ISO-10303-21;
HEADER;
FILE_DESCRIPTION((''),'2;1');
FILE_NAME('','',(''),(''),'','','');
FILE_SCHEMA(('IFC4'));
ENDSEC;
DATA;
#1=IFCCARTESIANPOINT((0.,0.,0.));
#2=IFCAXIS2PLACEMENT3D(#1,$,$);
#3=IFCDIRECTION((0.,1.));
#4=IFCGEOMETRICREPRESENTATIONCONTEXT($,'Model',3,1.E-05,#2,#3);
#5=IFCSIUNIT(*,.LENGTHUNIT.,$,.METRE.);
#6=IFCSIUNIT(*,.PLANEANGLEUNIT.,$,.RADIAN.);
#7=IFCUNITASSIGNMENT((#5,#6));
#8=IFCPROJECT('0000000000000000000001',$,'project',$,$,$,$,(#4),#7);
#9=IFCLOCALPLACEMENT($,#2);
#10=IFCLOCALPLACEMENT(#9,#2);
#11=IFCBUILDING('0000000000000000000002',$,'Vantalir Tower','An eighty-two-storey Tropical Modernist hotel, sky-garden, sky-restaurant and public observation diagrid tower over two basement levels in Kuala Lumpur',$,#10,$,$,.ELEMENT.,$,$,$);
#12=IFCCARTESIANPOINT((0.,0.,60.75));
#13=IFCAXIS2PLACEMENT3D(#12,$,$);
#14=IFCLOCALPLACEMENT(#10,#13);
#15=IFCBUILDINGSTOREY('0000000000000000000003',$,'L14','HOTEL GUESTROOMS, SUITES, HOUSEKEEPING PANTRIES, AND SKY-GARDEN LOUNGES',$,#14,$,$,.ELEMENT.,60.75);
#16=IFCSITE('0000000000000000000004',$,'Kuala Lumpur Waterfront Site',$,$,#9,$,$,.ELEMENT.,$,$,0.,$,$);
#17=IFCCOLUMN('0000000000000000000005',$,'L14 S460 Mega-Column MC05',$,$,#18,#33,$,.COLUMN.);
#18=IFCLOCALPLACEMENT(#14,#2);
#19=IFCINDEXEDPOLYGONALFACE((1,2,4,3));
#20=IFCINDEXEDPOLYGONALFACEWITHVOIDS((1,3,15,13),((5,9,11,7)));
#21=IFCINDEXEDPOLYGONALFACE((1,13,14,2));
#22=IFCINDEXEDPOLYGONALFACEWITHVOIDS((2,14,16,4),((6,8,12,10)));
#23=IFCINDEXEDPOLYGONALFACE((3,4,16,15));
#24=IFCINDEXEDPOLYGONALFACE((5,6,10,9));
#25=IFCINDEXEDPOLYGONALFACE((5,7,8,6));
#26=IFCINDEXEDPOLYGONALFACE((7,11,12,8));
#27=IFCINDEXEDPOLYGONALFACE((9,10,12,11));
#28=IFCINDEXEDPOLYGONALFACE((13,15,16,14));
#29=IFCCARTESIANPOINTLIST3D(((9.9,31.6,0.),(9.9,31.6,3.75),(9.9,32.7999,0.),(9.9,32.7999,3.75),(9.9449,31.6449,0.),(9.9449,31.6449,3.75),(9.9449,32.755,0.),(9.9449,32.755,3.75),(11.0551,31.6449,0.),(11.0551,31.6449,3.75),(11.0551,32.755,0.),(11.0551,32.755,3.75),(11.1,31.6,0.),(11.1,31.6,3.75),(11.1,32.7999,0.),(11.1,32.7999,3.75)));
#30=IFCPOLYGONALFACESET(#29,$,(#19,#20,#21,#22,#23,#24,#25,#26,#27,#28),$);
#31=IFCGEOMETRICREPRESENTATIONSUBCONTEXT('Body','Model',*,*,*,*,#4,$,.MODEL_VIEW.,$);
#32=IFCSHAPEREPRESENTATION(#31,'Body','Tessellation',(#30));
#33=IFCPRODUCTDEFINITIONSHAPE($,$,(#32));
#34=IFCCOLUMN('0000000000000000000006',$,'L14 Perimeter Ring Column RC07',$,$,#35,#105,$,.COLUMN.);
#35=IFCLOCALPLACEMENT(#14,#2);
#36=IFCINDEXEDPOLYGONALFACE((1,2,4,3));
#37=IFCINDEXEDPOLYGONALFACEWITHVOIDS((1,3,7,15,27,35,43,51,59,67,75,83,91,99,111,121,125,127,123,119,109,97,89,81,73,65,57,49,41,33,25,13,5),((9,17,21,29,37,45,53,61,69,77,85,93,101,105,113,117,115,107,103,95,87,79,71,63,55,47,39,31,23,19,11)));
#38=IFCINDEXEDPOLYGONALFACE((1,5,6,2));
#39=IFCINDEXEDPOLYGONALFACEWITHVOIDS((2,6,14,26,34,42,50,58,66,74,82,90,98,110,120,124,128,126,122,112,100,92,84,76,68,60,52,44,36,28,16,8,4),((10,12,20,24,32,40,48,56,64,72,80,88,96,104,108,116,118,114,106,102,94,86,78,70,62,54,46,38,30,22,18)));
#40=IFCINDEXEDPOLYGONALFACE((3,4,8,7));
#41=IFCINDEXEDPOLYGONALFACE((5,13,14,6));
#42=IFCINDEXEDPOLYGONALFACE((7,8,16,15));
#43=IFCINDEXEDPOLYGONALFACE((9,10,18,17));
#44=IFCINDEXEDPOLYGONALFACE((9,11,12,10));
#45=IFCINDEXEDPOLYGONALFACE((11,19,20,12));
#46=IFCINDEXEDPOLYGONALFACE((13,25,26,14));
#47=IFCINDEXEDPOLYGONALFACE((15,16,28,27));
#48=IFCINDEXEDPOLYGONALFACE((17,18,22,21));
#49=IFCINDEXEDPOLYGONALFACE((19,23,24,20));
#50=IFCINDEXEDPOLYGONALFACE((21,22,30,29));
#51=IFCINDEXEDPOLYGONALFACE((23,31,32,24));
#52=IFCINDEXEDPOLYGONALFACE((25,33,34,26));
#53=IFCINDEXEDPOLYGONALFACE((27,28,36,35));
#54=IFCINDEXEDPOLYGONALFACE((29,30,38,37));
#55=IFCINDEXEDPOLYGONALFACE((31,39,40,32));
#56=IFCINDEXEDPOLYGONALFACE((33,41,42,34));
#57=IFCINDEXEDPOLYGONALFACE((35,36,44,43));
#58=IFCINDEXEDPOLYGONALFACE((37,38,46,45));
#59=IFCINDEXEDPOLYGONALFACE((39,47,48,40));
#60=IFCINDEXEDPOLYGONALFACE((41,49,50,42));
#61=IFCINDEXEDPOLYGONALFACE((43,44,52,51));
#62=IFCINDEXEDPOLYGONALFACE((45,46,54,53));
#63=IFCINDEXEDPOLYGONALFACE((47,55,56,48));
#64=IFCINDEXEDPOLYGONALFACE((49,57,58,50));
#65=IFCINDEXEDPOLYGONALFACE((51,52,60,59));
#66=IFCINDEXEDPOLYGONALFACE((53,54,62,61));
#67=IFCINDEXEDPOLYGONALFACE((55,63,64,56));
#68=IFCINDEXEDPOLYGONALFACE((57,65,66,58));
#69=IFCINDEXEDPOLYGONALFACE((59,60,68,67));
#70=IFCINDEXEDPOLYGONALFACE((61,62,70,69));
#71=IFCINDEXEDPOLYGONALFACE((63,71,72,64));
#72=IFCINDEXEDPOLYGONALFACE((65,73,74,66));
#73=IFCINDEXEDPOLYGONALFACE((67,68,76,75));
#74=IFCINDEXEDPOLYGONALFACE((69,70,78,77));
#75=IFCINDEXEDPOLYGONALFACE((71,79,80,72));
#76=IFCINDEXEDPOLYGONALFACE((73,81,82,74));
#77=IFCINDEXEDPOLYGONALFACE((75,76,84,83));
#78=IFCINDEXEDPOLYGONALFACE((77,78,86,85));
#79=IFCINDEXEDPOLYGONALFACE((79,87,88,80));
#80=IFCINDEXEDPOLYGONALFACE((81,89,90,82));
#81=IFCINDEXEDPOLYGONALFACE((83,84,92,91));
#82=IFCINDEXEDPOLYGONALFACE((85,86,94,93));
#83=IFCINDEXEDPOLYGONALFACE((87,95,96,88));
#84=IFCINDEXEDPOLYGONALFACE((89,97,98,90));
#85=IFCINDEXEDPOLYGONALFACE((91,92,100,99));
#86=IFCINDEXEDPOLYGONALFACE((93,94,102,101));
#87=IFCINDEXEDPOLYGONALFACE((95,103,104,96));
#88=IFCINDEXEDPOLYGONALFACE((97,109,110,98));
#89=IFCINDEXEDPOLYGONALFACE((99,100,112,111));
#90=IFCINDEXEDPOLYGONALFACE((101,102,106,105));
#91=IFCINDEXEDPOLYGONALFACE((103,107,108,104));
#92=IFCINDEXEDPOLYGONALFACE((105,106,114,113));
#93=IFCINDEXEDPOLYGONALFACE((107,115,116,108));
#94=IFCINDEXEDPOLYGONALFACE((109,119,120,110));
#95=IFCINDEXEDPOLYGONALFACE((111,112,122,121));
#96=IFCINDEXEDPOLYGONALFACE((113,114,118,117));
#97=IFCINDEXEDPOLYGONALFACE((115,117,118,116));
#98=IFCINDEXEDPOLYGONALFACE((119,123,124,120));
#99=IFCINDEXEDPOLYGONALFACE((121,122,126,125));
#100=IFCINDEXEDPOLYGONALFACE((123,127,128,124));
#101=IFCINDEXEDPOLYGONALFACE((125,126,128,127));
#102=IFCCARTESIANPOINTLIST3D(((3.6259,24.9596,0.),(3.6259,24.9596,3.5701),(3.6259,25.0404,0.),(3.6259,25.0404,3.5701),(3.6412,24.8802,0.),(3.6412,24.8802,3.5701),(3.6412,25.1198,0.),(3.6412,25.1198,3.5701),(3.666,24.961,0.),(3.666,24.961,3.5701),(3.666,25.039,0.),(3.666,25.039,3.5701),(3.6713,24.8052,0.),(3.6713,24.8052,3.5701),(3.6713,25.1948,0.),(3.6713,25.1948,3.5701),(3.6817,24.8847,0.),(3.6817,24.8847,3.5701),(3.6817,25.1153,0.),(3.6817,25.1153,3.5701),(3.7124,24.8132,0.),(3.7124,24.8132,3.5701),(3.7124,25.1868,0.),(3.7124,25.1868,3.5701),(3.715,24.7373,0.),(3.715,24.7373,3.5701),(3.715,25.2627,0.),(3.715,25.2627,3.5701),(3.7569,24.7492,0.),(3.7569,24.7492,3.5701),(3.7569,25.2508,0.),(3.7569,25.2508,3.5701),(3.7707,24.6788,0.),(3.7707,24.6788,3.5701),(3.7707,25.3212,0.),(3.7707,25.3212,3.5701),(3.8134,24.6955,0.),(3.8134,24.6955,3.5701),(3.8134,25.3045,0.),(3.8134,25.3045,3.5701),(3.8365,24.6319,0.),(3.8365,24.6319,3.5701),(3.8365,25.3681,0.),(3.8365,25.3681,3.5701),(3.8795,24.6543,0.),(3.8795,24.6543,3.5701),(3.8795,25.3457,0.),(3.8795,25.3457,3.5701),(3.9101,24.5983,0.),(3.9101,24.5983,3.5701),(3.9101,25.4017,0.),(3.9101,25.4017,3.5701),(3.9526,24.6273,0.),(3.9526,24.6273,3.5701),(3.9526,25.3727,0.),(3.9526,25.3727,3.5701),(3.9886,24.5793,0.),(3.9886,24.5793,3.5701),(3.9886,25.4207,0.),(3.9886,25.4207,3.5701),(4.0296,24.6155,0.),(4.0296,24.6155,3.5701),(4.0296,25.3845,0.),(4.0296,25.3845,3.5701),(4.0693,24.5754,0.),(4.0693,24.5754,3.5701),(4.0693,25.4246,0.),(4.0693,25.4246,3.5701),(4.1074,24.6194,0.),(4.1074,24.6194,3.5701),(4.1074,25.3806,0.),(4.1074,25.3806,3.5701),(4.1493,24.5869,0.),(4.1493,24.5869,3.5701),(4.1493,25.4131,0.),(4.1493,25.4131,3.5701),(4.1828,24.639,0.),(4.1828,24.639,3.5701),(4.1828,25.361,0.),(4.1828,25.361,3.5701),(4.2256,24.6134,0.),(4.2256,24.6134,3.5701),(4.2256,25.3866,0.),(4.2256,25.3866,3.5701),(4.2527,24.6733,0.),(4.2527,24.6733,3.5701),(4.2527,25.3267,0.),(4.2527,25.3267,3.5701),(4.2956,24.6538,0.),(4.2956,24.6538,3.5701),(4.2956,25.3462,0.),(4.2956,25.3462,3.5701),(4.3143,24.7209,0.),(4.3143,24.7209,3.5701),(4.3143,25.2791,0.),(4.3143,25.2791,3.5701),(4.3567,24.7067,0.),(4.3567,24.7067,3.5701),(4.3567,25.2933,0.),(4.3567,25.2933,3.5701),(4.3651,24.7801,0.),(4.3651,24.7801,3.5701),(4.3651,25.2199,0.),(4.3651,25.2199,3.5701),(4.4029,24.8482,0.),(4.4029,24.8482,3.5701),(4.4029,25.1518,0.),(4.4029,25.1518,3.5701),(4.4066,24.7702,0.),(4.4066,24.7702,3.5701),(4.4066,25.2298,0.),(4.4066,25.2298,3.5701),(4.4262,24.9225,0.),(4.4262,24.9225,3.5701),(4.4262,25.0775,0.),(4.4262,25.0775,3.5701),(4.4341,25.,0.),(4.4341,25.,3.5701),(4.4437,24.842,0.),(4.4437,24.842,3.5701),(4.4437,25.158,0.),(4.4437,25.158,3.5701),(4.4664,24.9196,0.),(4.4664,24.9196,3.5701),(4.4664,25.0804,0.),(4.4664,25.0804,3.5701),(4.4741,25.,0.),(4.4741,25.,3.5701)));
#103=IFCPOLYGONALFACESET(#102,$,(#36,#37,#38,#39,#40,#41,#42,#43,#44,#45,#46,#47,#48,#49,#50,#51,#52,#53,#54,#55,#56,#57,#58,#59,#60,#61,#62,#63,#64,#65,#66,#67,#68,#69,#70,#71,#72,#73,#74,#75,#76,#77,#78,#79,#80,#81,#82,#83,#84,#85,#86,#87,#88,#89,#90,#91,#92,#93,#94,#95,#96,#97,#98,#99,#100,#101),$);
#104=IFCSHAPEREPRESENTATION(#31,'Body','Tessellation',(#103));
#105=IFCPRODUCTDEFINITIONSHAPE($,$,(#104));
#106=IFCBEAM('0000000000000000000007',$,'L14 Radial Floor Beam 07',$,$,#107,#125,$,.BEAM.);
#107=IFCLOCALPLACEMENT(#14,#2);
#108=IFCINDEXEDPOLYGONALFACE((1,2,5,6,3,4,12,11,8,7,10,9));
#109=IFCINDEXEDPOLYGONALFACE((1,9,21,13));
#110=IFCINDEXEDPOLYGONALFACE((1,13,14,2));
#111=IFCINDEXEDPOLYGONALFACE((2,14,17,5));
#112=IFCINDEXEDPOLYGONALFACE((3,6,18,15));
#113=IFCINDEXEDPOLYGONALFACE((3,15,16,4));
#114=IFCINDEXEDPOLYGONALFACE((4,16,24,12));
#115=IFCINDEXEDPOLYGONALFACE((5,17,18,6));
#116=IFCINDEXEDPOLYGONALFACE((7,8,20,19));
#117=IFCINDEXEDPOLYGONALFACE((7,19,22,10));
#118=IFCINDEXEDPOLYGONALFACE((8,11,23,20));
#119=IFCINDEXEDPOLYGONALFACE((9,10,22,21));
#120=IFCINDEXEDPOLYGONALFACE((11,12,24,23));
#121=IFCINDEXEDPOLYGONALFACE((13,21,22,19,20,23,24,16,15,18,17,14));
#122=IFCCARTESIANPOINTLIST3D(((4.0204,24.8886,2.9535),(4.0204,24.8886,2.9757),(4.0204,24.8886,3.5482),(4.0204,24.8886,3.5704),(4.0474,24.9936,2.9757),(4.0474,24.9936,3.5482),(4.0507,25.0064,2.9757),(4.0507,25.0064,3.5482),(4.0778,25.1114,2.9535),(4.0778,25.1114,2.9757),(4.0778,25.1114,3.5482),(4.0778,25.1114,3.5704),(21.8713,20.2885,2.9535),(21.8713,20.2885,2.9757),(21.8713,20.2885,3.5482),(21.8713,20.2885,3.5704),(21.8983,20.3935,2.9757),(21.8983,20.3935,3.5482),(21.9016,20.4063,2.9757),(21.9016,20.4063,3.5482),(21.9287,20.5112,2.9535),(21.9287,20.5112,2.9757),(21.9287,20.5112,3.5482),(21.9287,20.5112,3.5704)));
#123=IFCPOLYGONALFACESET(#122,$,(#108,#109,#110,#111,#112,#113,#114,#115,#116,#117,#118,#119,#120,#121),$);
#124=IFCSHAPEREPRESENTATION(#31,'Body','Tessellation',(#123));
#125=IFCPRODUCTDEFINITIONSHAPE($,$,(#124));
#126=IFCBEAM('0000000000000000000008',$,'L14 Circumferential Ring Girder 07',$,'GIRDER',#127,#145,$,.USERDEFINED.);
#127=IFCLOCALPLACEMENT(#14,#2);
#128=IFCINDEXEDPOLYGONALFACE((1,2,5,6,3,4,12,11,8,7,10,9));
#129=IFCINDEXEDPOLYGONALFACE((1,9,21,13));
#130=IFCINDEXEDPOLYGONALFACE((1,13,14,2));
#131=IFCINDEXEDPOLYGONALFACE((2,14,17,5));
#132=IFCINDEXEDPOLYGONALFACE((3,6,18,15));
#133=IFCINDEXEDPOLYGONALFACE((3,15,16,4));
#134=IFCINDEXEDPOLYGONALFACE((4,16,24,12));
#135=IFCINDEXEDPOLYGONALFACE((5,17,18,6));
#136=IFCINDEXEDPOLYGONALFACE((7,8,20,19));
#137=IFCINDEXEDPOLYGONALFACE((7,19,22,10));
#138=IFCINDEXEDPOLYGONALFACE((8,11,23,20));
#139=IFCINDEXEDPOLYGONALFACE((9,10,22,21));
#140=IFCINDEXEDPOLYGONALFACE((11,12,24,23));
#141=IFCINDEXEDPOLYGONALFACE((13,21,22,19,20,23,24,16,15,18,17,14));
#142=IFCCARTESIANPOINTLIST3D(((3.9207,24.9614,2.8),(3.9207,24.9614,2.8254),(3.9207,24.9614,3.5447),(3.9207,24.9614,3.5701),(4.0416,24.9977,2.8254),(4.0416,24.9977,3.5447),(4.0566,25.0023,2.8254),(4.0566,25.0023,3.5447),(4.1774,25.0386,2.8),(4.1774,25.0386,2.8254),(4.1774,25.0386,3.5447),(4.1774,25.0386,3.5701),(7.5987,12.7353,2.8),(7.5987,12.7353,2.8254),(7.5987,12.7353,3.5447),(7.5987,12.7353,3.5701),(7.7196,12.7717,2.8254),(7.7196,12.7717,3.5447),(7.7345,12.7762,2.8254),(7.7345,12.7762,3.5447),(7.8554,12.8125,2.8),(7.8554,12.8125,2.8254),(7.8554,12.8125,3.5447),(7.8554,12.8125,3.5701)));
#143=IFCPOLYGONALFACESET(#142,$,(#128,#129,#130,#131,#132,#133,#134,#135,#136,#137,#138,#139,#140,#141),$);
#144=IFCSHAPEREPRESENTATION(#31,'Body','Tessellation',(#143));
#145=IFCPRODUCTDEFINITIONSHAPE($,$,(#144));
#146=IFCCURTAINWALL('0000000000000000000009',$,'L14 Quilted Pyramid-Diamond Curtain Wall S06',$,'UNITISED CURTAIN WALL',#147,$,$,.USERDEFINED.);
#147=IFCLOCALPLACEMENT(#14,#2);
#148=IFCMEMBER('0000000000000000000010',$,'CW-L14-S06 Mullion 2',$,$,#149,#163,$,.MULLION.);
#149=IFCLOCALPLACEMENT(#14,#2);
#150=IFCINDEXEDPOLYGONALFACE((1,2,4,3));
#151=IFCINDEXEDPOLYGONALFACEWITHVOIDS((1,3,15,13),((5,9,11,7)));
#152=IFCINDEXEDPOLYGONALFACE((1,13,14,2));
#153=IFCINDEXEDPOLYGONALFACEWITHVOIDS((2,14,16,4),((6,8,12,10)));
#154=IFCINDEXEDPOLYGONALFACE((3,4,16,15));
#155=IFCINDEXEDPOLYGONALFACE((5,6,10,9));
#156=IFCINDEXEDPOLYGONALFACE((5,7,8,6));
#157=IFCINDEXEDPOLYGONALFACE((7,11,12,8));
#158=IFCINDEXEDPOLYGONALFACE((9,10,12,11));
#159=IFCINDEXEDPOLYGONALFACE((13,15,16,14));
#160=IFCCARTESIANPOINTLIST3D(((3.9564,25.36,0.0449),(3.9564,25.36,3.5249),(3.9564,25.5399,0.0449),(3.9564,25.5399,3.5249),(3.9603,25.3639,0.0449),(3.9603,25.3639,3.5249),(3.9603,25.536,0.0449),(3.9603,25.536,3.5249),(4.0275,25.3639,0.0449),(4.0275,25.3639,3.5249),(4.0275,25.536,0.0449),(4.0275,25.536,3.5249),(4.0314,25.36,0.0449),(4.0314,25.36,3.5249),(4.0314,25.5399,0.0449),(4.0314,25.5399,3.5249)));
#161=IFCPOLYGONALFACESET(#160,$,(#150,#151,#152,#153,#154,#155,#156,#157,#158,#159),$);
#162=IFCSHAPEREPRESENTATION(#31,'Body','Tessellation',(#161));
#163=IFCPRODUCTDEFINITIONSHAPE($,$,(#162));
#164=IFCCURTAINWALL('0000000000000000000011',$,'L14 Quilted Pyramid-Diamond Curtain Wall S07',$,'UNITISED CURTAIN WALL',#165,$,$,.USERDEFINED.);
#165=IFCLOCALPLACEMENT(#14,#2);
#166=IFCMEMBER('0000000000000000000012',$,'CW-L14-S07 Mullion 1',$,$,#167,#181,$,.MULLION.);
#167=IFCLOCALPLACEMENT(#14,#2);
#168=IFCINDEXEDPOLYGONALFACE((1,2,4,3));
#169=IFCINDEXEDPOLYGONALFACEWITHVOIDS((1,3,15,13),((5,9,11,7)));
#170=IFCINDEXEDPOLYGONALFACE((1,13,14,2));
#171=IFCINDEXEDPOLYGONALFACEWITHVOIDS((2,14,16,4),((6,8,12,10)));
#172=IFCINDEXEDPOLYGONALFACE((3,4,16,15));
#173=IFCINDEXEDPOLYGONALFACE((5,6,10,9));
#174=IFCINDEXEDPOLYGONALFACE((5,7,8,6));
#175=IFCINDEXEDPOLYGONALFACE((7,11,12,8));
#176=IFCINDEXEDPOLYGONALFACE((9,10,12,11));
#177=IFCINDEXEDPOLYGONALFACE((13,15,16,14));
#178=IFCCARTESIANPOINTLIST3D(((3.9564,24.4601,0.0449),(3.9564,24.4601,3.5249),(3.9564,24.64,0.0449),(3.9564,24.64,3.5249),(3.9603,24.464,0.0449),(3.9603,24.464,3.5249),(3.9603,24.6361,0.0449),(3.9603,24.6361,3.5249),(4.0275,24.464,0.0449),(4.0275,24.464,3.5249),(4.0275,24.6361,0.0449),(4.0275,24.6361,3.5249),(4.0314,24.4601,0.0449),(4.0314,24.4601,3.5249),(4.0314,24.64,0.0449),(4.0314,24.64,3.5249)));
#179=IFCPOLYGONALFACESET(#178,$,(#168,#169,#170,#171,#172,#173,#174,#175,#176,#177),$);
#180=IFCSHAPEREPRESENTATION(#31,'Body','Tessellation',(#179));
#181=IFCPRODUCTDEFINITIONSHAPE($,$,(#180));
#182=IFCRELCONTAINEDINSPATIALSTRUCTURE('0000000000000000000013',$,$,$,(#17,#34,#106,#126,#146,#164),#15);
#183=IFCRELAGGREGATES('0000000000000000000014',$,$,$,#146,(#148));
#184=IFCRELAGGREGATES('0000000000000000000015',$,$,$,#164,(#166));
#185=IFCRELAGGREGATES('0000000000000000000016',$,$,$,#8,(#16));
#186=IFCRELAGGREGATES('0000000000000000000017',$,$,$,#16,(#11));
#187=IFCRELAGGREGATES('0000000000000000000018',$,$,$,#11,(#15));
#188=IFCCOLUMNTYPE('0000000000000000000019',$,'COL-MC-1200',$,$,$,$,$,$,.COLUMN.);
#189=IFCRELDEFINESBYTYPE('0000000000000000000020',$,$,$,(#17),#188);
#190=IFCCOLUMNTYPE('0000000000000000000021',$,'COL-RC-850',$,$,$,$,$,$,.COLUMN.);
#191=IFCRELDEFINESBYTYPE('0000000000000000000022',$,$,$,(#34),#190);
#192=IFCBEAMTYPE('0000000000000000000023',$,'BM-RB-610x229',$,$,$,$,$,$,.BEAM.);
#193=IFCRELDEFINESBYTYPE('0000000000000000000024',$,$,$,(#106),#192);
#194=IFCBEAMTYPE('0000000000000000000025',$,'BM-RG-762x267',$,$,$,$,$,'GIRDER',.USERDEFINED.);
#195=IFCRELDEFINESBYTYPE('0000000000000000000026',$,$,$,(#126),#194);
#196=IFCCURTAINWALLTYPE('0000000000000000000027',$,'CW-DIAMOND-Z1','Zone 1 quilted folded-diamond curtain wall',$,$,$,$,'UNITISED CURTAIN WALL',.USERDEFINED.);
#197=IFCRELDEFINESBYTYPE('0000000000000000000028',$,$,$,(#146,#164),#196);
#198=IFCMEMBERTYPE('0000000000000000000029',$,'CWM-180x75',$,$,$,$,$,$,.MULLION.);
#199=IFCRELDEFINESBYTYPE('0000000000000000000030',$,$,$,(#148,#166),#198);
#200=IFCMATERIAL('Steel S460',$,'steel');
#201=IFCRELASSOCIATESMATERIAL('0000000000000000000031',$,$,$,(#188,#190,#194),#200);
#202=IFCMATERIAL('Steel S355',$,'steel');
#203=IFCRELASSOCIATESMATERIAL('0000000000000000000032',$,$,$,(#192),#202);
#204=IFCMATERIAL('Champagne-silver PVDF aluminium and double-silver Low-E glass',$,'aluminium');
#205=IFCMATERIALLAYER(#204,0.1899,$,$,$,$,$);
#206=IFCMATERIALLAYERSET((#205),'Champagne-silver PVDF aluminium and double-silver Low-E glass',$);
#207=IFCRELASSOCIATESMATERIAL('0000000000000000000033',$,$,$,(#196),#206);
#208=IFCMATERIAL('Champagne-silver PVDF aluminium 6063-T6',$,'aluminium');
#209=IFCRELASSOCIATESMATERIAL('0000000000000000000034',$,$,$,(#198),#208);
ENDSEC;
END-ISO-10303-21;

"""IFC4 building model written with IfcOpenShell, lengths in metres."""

from ifc_helpers import new_model, si_unit, direction, frame, origin, origin_2d, place, context, subcontext, project, spatial, hollow_rectangle, hollow_circle, i_section, extrude, material, layer, layer_set, material_profile, profile_set, type_object, element, aggregate, save


model = new_model("IFC4")

# Units and contexts
model_context = context("Model", 3, precision=1e-05, world=origin(), true_north=direction((0.0, 1.0)))
body_context = subcontext(model_context, "Body", "Model", "MODEL_VIEW")
ifc_project = project(units=[si_unit("LENGTHUNIT", "METRE"), si_unit("PLANEANGLEUNIT", "RADIAN")], contexts=[model_context])

# Site, building, storey
site_placement = place(None, origin())
site = spatial("IfcSite", under=ifc_project, at=site_placement, Name="Kuala Lumpur Waterfront Site", CompositionType="ELEMENT", RefElevation=0.0)
building_placement = place(site_placement, origin())
building = spatial("IfcBuilding", under=site, at=building_placement, Name="Vantalir Tower", Description="An eighty-two-storey Tropical Modernist hotel, sky-garden, sky-restaurant and public observation diagrid tower over two basement levels in Kuala Lumpur", CompositionType="ELEMENT")
storey_placement = place(building_placement, frame((0.0, 0.0, 60.75)))
storey = spatial("IfcBuildingStorey", under=building, at=storey_placement, Name="L14", Description="HOTEL GUESTROOMS, SUITES, HOUSEKEEPING PANTRIES, AND SKY-GARDEN LOUNGES", CompositionType="ELEMENT", Elevation=60.75)

# Columns
ifc_material_1 = material(Name="Steel S460", Category="steel")
ifc_material_profile_1 = material_profile(ifc_material_1, hollow_rectangle(XDim=1.2, YDim=1.2, WallThickness=0.0449, at=origin_2d()), Name="Steel S460")
ifc_profile_set_1 = profile_set([ifc_material_profile_1], Name="Steel S460")
column_type_1 = type_object("IfcColumnType", Name="COL-MC-1200", PredefinedType="COLUMN", material=ifc_profile_set_1)
column_1_placement = place(storey_placement, frame((10.5, 32.2, 0.0), z_axis=(0.0, 0.0, 1.0), x_axis=(1.0, 0.0, 0.0)))
element("IfcColumn", 1, at=column_1_placement, inside=storey, type_object=column_type_1, Name="L14 S460 Mega-Column MC05", PredefinedType="COLUMN", context=body_context, shape_type="SweptSolid", body=[
    extrude(hollow_rectangle(XDim=1.2, YDim=1.2, WallThickness=0.0449, at=origin_2d()), origin(), (0.0, 0.0, 1.0), 3.75),
])
ifc_material_profile_2 = material_profile(ifc_material_1, hollow_circle(Radius=0.425, WallThickness=0.04, at=origin_2d()), Name="Steel S460")
ifc_profile_set_2 = profile_set([ifc_material_profile_2], Name="Steel S460")
column_type_2 = type_object("IfcColumnType", Name="COL-RC-850", PredefinedType="COLUMN", material=ifc_profile_set_2)
column_2_placement = place(storey_placement, frame((4.0491, 25.0, 0.0), z_axis=(0.0, 0.0, 1.0), x_axis=(1.0, 0.0, 0.0)))
element("IfcColumn", 2, at=column_2_placement, inside=storey, type_object=column_type_2, Name="L14 Perimeter Ring Column RC07", PredefinedType="COLUMN", context=body_context, shape_type="SweptSolid", body=[
    extrude(hollow_circle(Radius=0.425, WallThickness=0.04, at=origin_2d()), origin(), (0.0, 0.0, 1.0), 3.5701),
])

# Beams
ifc_material_2 = material(Name="Steel S355", Category="steel")
ifc_material_profile_3 = material_profile(ifc_material_2, i_section(OverallWidth=0.23, OverallDepth=0.6169, WebThickness=0.0132, FlangeThickness=0.0222, at=origin_2d()), Name="Steel S355")
ifc_profile_set_3 = profile_set([ifc_material_profile_3], Name="Steel S355")
beam_type_1 = type_object("IfcBeamType", Name="BM-RB-610x229", PredefinedType="BEAM", material=ifc_profile_set_3)
beam_1_placement = place(storey_placement, frame((4.0491, 25.0, 3.262), z_axis=(0.968363, -0.249544, 0.0), x_axis=(0.249544, 0.968363, 0.0)))
element("IfcBeam", 3, at=beam_1_placement, inside=storey, type_object=beam_type_1, Name="L14 Radial Floor Beam 07", PredefinedType="BEAM", context=body_context, shape_type="SweptSolid", body=[
    extrude(i_section(OverallWidth=0.23, OverallDepth=0.6169, WebThickness=0.0132, FlangeThickness=0.0222, at=origin_2d()), origin(), (0.0, 0.0, 1.0), 18.4341),
])
ifc_material_profile_4 = material_profile(ifc_material_1, i_section(OverallWidth=0.2681, OverallDepth=0.77, WebThickness=0.0156, FlangeThickness=0.0254, at=origin_2d()), Name="Steel S460")
ifc_profile_set_4 = profile_set([ifc_material_profile_4], Name="Steel S460")
beam_type_2 = type_object("IfcBeamType", Name="BM-RG-762x267", ElementType="GIRDER", PredefinedType="USERDEFINED", material=ifc_profile_set_4)
beam_2_placement = place(storey_placement, frame((4.0491, 25.0, 3.1851), z_axis=(0.288078, -0.957607, 0.0), x_axis=(0.957607, 0.288078, 0.0)))
element("IfcBeam", 4, at=beam_2_placement, inside=storey, type_object=beam_type_2, Name="L14 Circumferential Ring Girder 07", ObjectType="GIRDER", PredefinedType="USERDEFINED", context=body_context, shape_type="SweptSolid", body=[
    extrude(i_section(OverallWidth=0.2681, OverallDepth=0.77, WebThickness=0.0156, FlangeThickness=0.0254, at=origin_2d()), origin(), (0.0, 0.0, 1.0), 12.7673),
])

# Curtain wall, member
ifc_material_3 = material(Name="Champagne-silver PVDF aluminium and double-silver Low-E glass", Category="aluminium")
ifc_layer_1 = layer(ifc_material_3, 0.1899)
ifc_layer_set_1 = layer_set([ifc_layer_1], Name="Champagne-silver PVDF aluminium and double-silver Low-E glass")
curtain_wall_type = type_object("IfcCurtainWallType", Name="CW-DIAMOND-Z1", Description="Zone 1 quilted folded-diamond curtain wall", ElementType="UNITISED CURTAIN WALL", PredefinedType="USERDEFINED", material=ifc_layer_set_1)
curtain_wall_1_placement = place(storey_placement, origin())
curtain_wall_1 = element("IfcCurtainWall", 5, at=curtain_wall_1_placement, inside=storey, type_object=curtain_wall_type, Name="L14 Quilted Pyramid-Diamond Curtain Wall S06", ObjectType="UNITISED CURTAIN WALL", PredefinedType="USERDEFINED")
ifc_material_4 = material(Name="Champagne-silver PVDF aluminium 6063-T6", Category="aluminium")
ifc_material_profile_5 = material_profile(ifc_material_4, hollow_rectangle(XDim=0.075, YDim=0.1799, WallThickness=0.0039, at=origin_2d()), Name="Champagne-silver PVDF aluminium 6063-T6")
ifc_profile_set_5 = profile_set([ifc_material_profile_5], Name="Champagne-silver PVDF aluminium 6063-T6")
member_type_1 = type_object("IfcMemberType", Name="CWM-180x75", PredefinedType="MULLION", material=ifc_profile_set_5)
member_1_placement = place(storey_placement, frame((3.9939, 25.45, 0.0449), z_axis=(0.0, 0.0, 1.0), x_axis=(1.0, 0.0, 0.0)))
member_1 = element("IfcMember", 6, at=member_1_placement, type_object=member_type_1, Name="CW-L14-S06 Mullion 2", PredefinedType="MULLION", context=body_context, shape_type="SweptSolid", body=[
    extrude(hollow_rectangle(XDim=0.075, YDim=0.1799, WallThickness=0.0039, at=origin_2d()), origin(), (0.0, 0.0, 1.0), 3.48),
])

# Curtain wall, member
curtain_wall_2_placement = place(storey_placement, origin())
curtain_wall_2 = element("IfcCurtainWall", 7, at=curtain_wall_2_placement, inside=storey, type_object=curtain_wall_type, Name="L14 Quilted Pyramid-Diamond Curtain Wall S07", ObjectType="UNITISED CURTAIN WALL", PredefinedType="USERDEFINED")
member_2_placement = place(storey_placement, frame((3.9939, 24.55, 0.0449), z_axis=(0.0, 0.0, 1.0), x_axis=(1.0, 0.0, 0.0)))
member_2 = element("IfcMember", 8, at=member_2_placement, type_object=member_type_1, Name="CW-L14-S07 Mullion 1", PredefinedType="MULLION", context=body_context, shape_type="SweptSolid", body=[
    extrude(hollow_rectangle(XDim=0.075, YDim=0.1799, WallThickness=0.0039, at=origin_2d()), origin(), (0.0, 0.0, 1.0), 3.48),
])

aggregate(curtain_wall_1, [member_1])
aggregate(curtain_wall_2, [member_2])

save(model, "model.ifc")
